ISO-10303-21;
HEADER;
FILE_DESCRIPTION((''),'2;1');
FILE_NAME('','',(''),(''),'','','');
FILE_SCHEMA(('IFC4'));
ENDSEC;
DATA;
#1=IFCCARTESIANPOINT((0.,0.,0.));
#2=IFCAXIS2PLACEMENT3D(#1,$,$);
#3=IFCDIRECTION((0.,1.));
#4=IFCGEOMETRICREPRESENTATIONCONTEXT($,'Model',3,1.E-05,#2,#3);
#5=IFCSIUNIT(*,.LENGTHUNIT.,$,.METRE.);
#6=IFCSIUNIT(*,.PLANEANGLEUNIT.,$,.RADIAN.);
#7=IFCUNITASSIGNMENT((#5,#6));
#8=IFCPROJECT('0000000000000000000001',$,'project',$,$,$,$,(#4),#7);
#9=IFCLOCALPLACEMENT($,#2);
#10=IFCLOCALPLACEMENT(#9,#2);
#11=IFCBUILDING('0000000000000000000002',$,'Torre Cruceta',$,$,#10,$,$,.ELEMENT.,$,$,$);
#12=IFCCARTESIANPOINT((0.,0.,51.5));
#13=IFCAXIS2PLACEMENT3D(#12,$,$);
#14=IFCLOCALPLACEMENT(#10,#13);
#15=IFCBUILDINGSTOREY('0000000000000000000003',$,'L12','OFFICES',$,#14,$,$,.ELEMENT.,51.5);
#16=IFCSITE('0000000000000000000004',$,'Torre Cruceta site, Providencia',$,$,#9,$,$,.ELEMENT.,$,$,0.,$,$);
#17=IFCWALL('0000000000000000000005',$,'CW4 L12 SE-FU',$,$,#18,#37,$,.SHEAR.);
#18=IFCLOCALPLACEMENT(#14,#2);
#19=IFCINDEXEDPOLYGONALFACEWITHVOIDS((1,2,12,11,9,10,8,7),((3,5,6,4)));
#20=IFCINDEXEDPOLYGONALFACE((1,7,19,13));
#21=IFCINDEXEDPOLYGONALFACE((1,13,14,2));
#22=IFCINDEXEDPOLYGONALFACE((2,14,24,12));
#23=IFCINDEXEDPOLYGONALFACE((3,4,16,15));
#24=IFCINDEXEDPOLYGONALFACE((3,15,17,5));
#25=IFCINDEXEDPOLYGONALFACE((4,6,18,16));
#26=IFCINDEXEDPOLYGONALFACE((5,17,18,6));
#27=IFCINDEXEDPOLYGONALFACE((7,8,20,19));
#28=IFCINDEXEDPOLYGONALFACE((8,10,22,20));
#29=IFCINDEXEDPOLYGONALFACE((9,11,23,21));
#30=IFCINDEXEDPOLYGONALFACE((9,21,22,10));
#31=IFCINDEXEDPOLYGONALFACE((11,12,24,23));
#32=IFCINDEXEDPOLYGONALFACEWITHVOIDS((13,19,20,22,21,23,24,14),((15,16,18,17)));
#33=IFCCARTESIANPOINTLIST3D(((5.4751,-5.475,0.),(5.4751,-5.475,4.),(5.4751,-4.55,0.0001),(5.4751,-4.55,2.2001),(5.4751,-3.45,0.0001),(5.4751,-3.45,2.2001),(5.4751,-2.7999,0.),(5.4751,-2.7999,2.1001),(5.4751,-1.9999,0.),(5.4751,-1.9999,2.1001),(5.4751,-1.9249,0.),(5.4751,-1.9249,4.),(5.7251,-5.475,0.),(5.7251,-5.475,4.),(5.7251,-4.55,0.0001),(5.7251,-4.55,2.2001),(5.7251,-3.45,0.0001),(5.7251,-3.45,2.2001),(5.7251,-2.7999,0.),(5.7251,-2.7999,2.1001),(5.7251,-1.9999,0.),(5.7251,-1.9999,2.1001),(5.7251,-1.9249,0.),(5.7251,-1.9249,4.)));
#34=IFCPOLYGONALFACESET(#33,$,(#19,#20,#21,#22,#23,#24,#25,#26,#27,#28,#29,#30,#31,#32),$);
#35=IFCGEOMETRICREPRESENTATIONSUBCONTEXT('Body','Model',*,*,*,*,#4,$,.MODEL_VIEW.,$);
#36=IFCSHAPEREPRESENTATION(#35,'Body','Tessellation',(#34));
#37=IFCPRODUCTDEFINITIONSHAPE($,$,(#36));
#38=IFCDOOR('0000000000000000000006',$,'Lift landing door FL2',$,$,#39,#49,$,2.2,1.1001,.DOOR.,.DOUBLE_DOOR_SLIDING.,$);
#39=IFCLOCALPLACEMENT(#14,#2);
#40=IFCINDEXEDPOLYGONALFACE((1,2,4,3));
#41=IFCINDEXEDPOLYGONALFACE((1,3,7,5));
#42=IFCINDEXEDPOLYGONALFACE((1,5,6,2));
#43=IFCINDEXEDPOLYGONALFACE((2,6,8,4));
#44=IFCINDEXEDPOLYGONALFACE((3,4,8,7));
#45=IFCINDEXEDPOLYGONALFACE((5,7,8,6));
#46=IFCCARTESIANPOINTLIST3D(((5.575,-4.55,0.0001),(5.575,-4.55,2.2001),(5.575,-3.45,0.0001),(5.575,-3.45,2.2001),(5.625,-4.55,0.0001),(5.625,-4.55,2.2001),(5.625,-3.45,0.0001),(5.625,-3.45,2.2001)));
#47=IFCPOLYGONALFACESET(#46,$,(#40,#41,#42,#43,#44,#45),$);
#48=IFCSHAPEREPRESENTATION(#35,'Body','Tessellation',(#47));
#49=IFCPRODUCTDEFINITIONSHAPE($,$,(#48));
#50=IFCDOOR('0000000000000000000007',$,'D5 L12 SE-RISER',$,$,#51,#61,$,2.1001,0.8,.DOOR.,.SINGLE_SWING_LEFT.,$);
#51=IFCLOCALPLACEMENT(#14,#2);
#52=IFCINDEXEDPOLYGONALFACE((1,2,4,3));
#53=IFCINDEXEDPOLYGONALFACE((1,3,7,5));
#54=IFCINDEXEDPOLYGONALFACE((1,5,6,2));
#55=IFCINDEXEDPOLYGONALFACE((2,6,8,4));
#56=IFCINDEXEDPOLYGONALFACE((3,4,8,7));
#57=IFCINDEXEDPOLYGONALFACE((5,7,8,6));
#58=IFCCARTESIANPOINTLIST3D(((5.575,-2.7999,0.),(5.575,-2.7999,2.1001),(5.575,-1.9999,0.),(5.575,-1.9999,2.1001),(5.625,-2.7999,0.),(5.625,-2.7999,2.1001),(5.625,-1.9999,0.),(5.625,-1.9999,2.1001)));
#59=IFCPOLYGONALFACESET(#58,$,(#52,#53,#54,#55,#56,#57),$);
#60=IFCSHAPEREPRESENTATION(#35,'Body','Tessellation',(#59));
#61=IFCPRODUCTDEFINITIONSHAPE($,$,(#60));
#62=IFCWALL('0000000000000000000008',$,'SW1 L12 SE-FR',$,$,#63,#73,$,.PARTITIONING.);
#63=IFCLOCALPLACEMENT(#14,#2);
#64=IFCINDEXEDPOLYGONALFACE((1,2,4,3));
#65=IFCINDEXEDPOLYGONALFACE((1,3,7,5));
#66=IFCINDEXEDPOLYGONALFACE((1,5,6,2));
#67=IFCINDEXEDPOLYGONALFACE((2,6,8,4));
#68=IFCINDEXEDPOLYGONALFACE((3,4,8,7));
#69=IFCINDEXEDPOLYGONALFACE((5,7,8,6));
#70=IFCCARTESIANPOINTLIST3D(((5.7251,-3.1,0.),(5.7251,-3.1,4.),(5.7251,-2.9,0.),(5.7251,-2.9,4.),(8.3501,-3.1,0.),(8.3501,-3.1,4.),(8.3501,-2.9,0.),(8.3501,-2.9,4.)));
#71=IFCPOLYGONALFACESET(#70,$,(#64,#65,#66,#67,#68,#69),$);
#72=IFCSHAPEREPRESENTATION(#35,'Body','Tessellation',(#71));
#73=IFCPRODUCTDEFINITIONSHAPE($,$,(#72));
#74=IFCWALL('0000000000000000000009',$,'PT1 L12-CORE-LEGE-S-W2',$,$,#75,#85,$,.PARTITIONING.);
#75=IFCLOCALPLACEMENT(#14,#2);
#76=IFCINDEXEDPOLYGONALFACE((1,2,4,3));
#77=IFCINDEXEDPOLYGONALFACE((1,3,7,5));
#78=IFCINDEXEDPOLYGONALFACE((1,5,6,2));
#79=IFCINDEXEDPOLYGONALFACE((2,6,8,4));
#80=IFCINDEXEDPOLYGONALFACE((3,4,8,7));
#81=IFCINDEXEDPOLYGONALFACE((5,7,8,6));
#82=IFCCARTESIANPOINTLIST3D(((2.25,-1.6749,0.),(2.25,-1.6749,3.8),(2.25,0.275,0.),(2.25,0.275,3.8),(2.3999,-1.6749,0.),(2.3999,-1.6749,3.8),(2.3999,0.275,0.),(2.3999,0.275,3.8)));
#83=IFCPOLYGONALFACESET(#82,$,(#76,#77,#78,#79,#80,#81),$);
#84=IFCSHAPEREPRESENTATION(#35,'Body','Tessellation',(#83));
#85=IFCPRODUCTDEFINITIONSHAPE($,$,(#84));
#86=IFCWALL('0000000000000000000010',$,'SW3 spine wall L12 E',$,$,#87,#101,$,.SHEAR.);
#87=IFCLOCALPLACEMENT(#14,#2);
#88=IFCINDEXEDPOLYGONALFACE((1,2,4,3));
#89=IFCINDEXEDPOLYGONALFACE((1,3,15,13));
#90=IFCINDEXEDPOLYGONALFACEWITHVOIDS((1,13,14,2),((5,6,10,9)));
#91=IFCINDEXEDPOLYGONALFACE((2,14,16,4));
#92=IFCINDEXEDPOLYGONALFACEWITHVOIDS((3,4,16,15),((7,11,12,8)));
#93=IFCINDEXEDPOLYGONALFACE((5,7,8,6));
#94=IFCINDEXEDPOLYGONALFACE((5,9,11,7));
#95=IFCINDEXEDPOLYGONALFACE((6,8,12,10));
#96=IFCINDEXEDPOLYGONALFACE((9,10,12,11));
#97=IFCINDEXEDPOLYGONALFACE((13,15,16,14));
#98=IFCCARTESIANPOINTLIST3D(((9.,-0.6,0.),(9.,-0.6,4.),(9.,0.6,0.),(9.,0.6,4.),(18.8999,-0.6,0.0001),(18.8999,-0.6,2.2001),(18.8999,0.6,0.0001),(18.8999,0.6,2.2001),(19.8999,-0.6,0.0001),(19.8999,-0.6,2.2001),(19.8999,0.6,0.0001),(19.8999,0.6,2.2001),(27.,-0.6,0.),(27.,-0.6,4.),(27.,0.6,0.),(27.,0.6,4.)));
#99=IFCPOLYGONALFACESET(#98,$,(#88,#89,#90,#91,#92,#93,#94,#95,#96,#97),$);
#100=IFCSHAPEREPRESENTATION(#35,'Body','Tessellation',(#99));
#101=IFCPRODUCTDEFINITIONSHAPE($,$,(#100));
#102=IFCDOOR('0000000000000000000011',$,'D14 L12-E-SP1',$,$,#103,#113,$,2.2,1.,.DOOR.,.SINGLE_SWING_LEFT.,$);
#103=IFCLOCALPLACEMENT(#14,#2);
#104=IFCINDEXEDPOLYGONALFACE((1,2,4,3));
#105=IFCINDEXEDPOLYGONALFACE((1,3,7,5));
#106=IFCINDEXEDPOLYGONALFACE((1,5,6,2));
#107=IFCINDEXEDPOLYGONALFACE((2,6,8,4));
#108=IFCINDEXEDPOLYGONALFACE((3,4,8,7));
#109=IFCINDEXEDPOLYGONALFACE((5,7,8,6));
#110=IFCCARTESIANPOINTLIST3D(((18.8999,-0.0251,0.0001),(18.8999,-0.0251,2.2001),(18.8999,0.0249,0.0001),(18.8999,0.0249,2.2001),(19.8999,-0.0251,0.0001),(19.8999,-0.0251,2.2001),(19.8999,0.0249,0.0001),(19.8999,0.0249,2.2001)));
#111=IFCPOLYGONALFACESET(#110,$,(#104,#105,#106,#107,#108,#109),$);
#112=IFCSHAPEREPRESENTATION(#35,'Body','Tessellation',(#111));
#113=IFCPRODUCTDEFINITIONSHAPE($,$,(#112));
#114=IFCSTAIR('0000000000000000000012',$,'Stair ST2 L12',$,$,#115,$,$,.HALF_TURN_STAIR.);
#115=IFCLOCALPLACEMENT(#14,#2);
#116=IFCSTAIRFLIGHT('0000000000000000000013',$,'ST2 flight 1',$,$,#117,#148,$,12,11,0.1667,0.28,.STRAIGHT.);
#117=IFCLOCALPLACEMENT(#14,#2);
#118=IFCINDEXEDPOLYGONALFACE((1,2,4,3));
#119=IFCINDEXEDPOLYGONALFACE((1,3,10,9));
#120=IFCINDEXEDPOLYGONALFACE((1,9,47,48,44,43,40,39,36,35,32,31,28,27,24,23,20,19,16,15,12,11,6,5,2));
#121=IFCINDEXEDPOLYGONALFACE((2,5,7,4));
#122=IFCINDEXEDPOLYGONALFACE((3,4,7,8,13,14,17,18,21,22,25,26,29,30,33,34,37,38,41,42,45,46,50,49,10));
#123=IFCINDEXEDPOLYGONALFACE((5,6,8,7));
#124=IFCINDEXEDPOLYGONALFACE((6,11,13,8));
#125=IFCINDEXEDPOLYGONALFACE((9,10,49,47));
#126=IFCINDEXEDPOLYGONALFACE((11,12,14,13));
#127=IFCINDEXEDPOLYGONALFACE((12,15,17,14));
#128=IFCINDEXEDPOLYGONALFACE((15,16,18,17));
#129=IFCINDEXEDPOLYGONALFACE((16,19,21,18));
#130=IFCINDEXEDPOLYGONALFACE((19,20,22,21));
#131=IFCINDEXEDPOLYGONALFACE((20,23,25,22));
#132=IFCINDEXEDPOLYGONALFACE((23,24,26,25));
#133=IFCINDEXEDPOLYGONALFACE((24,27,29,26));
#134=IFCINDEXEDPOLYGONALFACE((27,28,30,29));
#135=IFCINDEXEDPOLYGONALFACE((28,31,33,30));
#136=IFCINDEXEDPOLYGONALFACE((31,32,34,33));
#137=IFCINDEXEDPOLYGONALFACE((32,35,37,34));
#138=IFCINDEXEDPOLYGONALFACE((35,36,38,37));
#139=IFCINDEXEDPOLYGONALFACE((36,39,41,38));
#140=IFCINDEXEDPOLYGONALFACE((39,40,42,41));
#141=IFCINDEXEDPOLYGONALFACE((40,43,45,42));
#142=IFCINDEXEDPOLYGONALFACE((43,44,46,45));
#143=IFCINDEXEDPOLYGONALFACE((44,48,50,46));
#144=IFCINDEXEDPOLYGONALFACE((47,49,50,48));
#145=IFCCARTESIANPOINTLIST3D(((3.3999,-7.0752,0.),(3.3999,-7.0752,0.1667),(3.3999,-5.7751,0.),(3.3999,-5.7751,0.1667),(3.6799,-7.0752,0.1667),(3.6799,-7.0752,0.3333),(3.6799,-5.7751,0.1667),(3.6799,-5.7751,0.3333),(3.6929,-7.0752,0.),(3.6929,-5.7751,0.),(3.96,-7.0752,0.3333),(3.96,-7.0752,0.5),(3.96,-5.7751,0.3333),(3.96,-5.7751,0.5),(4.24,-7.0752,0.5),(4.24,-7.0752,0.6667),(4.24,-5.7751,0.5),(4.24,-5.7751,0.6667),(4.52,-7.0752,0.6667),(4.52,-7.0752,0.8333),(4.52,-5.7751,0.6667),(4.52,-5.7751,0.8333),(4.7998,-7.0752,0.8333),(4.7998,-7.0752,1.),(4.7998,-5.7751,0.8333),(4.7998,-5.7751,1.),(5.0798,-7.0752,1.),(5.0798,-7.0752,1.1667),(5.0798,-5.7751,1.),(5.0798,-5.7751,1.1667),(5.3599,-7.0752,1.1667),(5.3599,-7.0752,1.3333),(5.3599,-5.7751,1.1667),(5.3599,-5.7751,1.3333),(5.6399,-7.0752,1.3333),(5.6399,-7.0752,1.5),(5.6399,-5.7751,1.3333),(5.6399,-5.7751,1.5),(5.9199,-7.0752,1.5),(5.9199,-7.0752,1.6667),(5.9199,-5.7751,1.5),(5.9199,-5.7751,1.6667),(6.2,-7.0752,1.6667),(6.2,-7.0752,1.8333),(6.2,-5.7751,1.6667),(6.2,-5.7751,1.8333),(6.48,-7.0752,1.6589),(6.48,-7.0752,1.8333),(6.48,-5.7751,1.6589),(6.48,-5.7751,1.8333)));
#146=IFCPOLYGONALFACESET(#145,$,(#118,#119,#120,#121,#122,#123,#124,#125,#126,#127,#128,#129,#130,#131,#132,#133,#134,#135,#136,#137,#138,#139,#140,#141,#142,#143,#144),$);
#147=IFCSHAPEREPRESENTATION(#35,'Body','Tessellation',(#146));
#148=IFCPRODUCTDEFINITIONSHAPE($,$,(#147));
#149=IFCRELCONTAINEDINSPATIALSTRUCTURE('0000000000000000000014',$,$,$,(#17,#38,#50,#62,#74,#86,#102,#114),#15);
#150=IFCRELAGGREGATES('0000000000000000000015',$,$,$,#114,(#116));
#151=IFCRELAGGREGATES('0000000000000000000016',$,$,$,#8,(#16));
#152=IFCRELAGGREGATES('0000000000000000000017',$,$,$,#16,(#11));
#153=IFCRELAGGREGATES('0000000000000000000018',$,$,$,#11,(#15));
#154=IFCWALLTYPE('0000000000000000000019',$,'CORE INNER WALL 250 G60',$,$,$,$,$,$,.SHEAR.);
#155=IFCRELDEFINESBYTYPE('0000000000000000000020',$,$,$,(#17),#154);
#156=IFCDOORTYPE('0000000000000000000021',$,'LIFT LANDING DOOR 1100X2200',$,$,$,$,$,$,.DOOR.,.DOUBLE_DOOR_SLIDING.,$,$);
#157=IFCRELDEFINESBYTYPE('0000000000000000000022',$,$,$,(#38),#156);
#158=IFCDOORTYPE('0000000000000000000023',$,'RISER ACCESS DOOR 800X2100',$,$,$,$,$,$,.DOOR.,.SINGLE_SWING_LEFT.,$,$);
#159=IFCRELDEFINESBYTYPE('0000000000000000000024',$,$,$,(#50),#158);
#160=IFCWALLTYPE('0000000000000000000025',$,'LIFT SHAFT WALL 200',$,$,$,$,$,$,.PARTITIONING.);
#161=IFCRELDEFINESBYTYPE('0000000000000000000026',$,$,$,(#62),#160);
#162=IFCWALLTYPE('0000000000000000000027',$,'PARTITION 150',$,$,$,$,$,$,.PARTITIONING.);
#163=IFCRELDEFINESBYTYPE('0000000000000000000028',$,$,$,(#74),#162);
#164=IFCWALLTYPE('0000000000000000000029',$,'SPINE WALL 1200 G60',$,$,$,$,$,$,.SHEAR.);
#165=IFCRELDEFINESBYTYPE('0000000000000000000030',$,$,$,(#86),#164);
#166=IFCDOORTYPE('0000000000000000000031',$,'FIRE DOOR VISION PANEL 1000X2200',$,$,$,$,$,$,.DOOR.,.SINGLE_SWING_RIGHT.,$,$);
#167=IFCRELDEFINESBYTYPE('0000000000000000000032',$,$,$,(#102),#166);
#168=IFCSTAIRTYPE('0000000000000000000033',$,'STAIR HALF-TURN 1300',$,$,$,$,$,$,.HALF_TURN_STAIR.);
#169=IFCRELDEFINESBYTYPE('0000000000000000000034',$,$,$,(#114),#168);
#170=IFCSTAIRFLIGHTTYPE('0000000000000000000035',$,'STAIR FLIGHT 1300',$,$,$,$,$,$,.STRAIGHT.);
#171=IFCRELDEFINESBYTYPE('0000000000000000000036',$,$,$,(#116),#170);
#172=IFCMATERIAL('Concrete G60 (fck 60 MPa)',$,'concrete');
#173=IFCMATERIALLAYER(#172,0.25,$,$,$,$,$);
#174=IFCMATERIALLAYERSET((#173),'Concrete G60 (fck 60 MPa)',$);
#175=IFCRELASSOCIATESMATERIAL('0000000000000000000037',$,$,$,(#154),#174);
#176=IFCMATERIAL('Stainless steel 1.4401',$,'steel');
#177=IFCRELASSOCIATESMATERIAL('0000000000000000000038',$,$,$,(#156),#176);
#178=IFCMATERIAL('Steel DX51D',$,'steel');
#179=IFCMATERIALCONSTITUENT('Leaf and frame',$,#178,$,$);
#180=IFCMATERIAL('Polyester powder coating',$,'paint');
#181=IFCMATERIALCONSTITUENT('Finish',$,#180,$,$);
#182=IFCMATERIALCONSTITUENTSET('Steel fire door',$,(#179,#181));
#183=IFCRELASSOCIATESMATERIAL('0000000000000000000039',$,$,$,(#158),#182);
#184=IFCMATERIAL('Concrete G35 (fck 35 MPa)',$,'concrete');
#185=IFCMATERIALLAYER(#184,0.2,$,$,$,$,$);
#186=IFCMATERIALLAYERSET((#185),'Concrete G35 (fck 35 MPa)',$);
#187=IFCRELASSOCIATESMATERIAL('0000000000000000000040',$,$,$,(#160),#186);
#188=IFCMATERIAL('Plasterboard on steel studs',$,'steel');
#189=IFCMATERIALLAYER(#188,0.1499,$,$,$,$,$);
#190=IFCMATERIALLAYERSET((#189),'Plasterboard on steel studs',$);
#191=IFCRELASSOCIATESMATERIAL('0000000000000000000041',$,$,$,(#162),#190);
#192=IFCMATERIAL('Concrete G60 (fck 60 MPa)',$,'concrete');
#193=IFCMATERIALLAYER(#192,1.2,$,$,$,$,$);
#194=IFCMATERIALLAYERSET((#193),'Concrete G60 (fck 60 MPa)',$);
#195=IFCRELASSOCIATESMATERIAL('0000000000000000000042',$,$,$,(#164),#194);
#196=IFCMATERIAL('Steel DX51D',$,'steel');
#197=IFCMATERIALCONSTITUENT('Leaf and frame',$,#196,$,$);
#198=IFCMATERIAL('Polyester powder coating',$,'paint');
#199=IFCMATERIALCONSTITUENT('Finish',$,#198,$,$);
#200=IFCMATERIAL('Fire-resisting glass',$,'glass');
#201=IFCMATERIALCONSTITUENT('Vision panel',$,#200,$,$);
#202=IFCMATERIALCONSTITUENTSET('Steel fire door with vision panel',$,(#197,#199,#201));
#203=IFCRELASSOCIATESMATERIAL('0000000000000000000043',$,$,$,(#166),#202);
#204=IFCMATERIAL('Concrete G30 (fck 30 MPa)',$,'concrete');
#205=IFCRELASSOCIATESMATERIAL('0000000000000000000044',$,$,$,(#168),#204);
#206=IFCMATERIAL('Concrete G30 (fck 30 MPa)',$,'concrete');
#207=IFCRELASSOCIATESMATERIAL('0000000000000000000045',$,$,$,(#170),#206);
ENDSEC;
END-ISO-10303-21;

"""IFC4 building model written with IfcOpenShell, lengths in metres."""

from ifc_helpers import new_model, si_unit, direction, frame, frame_2d, origin, place, context, subcontext, project, spatial, polyline, rectangle, outline, extrude, material, layer, layer_set, constituent, constituent_set, type_object, element, fill, aggregate, save


model = new_model("IFC4")

# Units and contexts
model_context = context("Model", 3, precision=1e-05, world=origin(), true_north=direction((0.0, 1.0)))
body_context = subcontext(model_context, "Body", "Model", "MODEL_VIEW")
ifc_project = project(units=[si_unit("LENGTHUNIT", "METRE"), si_unit("PLANEANGLEUNIT", "RADIAN")], contexts=[model_context])

# Site, building, storey
site_placement = place(None, origin())
site = spatial("IfcSite", under=ifc_project, at=site_placement, Name="Torre Cruceta site, Providencia", CompositionType="ELEMENT", RefElevation=0.0)
building_placement = place(site_placement, origin())
building = spatial("IfcBuilding", under=site, at=building_placement, Name="Torre Cruceta", CompositionType="ELEMENT")
storey_placement = place(building_placement, frame((0.0, 0.0, 51.5)))
storey = spatial("IfcBuildingStorey", under=building, at=storey_placement, Name="L12", Description="OFFICES", CompositionType="ELEMENT", Elevation=51.5)

# Shared definitions
ifc_material_1 = material(Name="Concrete G60 (fck 60 MPa)", Category="concrete")
ifc_layer_1 = layer(ifc_material_1, 0.25)
ifc_layer_set_1 = layer_set([ifc_layer_1], Name="Concrete G60 (fck 60 MPa)")
wall_type_1 = type_object("IfcWallType", Name="CORE INNER WALL 250 G60", PredefinedType="SHEAR", material=ifc_layer_set_1)

# Wall, openings, doors
wall_1_placement = place(storey_placement, frame((5.6001, -1.925, 0.0), z_axis=(0.0, 0.0, 1.0), x_axis=(0.0, -1.0, 0.0)))
wall_1 = element("IfcWall", 1, at=wall_1_placement, inside=storey, type_object=wall_type_1, Name="CW4 L12 SE-FU", PredefinedType="SHEAR", context=body_context, shape_type="SweptSolid", body=[
    extrude(rectangle(XDim=3.55, YDim=0.25, at=frame_2d((1.7749, 0.0))), origin(), (0.0, 0.0, 1.0), 4.0),
])
opening_1_placement = place(wall_1_placement, frame((1.5249, 0.0, 0.0)))
opening_1 = element("IfcOpeningElement", 2, at=opening_1_placement, cuts=wall_1, PredefinedType="OPENING", context=body_context, shape_type="SweptSolid", body=[
    extrude(rectangle(XDim=1.1001, YDim=2.2, at=frame_2d((0.55, 1.1001))), frame((0.0, 0.135, 0.0), z_axis=(0.0, -1.0, 0.0), x_axis=(1.0, 0.0, 0.0)), (0.0, 0.0, 1.0), 0.27),
])
opening_2_placement = place(wall_1_placement, frame((0.075, 0.0, 0.0)))
opening_2 = element("IfcOpeningElement", 3, at=opening_2_placement, cuts=wall_1, PredefinedType="OPENING", context=body_context, shape_type="SweptSolid", body=[
    extrude(rectangle(XDim=0.8, YDim=2.1001, at=frame_2d((0.3999, 1.05))), frame((0.0, 0.135, 0.0), z_axis=(0.0, -1.0, 0.0), x_axis=(1.0, 0.0, 0.0)), (0.0, 0.0, 1.0), 0.27),
])
ifc_material_2 = material(Name="Stainless steel 1.4401", Category="steel")
door_type_1 = type_object("IfcDoorType", Name="LIFT LANDING DOOR 1100X2200", OperationType="DOUBLE_DOOR_SLIDING", PredefinedType="DOOR", material=ifc_material_2)
door_1_placement = place(opening_1_placement, origin())
door_1 = element("IfcDoor", 4, at=door_1_placement, inside=storey, type_object=door_type_1, Name="Lift landing door FL2", OperationType="DOUBLE_DOOR_SLIDING", OverallHeight=2.2, OverallWidth=1.1001, PredefinedType="DOOR", context=body_context, shape_type="SweptSolid", body=[
    extrude(rectangle(XDim=1.1001, YDim=2.2, at=frame_2d((0.55, 1.1001))), frame((0.0, 0.0249, 0.0), z_axis=(0.0, -1.0, 0.0), x_axis=(1.0, 0.0, 0.0)), (0.0, 0.0, 1.0), 0.05),
])
fill(opening_1, door_1)
ifc_material_3 = material(Name="Steel DX51D", Category="steel")
ifc_constituent_1 = constituent(ifc_material_3, Name="Leaf and frame")
ifc_material_4 = material(Name="Polyester powder coating", Category="paint")
ifc_constituent_2 = constituent(ifc_material_4, Name="Finish")
ifc_constituent_set_1 = constituent_set(constituents=[ifc_constituent_1, ifc_constituent_2], Name="Steel fire door")
door_type_2 = type_object("IfcDoorType", Name="RISER ACCESS DOOR 800X2100", OperationType="SINGLE_SWING_LEFT", PredefinedType="DOOR", material=ifc_constituent_set_1)
door_2_placement = place(opening_2_placement, origin())
door_2 = element("IfcDoor", 5, at=door_2_placement, inside=storey, type_object=door_type_2, Name="D5 L12 SE-RISER", OperationType="SINGLE_SWING_LEFT", OverallHeight=2.1001, OverallWidth=0.8, PredefinedType="DOOR", context=body_context, shape_type="SweptSolid", body=[
    extrude(rectangle(XDim=0.8, YDim=2.1001, at=frame_2d((0.3999, 1.05))), frame((0.0, 0.0249, 0.0), z_axis=(0.0, -1.0, 0.0), x_axis=(1.0, 0.0, 0.0)), (0.0, 0.0, 1.0), 0.05),
])
fill(opening_2, door_2)

# Walls
ifc_material_5 = material(Name="Concrete G35 (fck 35 MPa)", Category="concrete")
ifc_layer_2 = layer(ifc_material_5, 0.2)
ifc_layer_set_2 = layer_set([ifc_layer_2], Name="Concrete G35 (fck 35 MPa)")
wall_type_2 = type_object("IfcWallType", Name="LIFT SHAFT WALL 200", PredefinedType="PARTITIONING", material=ifc_layer_set_2)
wall_2_placement = place(storey_placement, frame((5.7251, -3.0, 0.0), z_axis=(0.0, 0.0, 1.0), x_axis=(1.0, 0.0, 0.0)))
element("IfcWall", 6, at=wall_2_placement, inside=storey, type_object=wall_type_2, Name="SW1 L12 SE-FR", PredefinedType="PARTITIONING", context=body_context, shape_type="SweptSolid", body=[
    extrude(rectangle(XDim=2.625, YDim=0.2, at=frame_2d((1.3125, 0.0))), origin(), (0.0, 0.0, 1.0), 4.0),
])
ifc_material_6 = material(Name="Plasterboard on steel studs", Category="steel")
ifc_layer_3 = layer(ifc_material_6, 0.1499)
ifc_layer_set_3 = layer_set([ifc_layer_3], Name="Plasterboard on steel studs")
wall_type_3 = type_object("IfcWallType", Name="PARTITION 150", PredefinedType="PARTITIONING", material=ifc_layer_set_3)
wall_3_placement = place(storey_placement, frame((2.325, -1.675, 0.0), z_axis=(0.0, 0.0, 1.0), x_axis=(0.0, 1.0, 0.0)))
element("IfcWall", 7, at=wall_3_placement, inside=storey, type_object=wall_type_3, Name="PT1 L12-CORE-LEGE-S-W2", PredefinedType="PARTITIONING", context=body_context, shape_type="SweptSolid", body=[
    extrude(rectangle(XDim=1.95, YDim=0.1499, at=frame_2d((0.9751, 0.0))), origin(), (0.0, 0.0, 1.0), 3.8),
])

# Wall, opening, door
ifc_material_7 = material(Name="Concrete G60 (fck 60 MPa)", Category="concrete")
ifc_layer_4 = layer(ifc_material_7, 1.2)
ifc_layer_set_4 = layer_set([ifc_layer_4], Name="Concrete G60 (fck 60 MPa)")
wall_type_4 = type_object("IfcWallType", Name="SPINE WALL 1200 G60", PredefinedType="SHEAR", material=ifc_layer_set_4)
wall_4_placement = place(storey_placement, frame((9.0, 0.0, 0.0), z_axis=(0.0, 0.0, 1.0), x_axis=(1.0, 0.0, 0.0)))
wall_4 = element("IfcWall", 8, at=wall_4_placement, inside=storey, type_object=wall_type_4, Name="SW3 spine wall L12 E", PredefinedType="SHEAR", context=body_context, shape_type="SweptSolid", body=[
    extrude(rectangle(XDim=18.0, YDim=1.2, at=frame_2d((9.0, 0.0))), origin(), (0.0, 0.0, 1.0), 4.0),
])
opening_3_placement = place(wall_4_placement, frame((9.8999, 0.0, 0.0)))
opening_3 = element("IfcOpeningElement", 9, at=opening_3_placement, cuts=wall_4, PredefinedType="OPENING", context=body_context, shape_type="SweptSolid", body=[
    extrude(rectangle(XDim=1.0, YDim=2.2, at=frame_2d((0.5, 1.1001))), frame((0.0, 0.6099, 0.0), z_axis=(0.0, -1.0, 0.0), x_axis=(1.0, 0.0, 0.0)), (0.0, 0.0, 1.0), 1.22),
])
ifc_material_8 = material(Name="Steel DX51D", Category="steel")
ifc_constituent_3 = constituent(ifc_material_8, Name="Leaf and frame")
ifc_material_9 = material(Name="Polyester powder coating", Category="paint")
ifc_constituent_4 = constituent(ifc_material_9, Name="Finish")
ifc_material_10 = material(Name="Fire-resisting glass", Category="glass")
ifc_constituent_5 = constituent(ifc_material_10, Name="Vision panel")
ifc_constituent_set_2 = constituent_set(constituents=[ifc_constituent_3, ifc_constituent_4, ifc_constituent_5], Name="Steel fire door with vision panel")
door_type_3 = type_object("IfcDoorType", Name="FIRE DOOR VISION PANEL 1000X2200", OperationType="SINGLE_SWING_RIGHT", PredefinedType="DOOR", material=ifc_constituent_set_2)
door_3_placement = place(opening_3_placement, frame((1.0, 0.0, 0.0), z_axis=(0.0, 0.0, 1.0), x_axis=(-1.0, 0.0, 0.0)))
door_3 = element("IfcDoor", 10, at=door_3_placement, inside=storey, type_object=door_type_3, Name="D14 L12-E-SP1", OperationType="SINGLE_SWING_LEFT", OverallHeight=2.2, OverallWidth=1.0, PredefinedType="DOOR", context=body_context, shape_type="SweptSolid", body=[
    extrude(rectangle(XDim=1.0, YDim=2.2, at=frame_2d((0.5, 1.1001))), frame((0.0, 0.0251, 0.0), z_axis=(0.0, -1.0, 0.0), x_axis=(1.0, 0.0, 0.0)), (0.0, 0.0, 1.0), 0.05),
])
fill(opening_3, door_3)

# Stair, stair flight
ifc_material_11 = material(Name="Concrete G30 (fck 30 MPa)", Category="concrete")
stair_type = type_object("IfcStairType", Name="STAIR HALF-TURN 1300", PredefinedType="HALF_TURN_STAIR", material=ifc_material_11)
stair_placement = place(storey_placement, origin())
stair = element("IfcStair", 11, at=stair_placement, inside=storey, type_object=stair_type, Name="Stair ST2 L12", PredefinedType="HALF_TURN_STAIR")
ifc_material_12 = material(Name="Concrete G30 (fck 30 MPa)", Category="concrete")
stair_flight_type = type_object("IfcStairFlightType", Name="STAIR FLIGHT 1300", PredefinedType="STRAIGHT", material=ifc_material_12)
stair_flight_1_placement = place(storey_placement, frame((3.3999, -6.425, 0.0), z_axis=(0.0, 0.0, 1.0), x_axis=(1.0, 0.0, 0.0)))
stair_flight_1 = element("IfcStairFlight", 12, at=stair_flight_1_placement, type_object=stair_flight_type, Name="ST2 flight 1", NumberOfRisers=12, NumberOfTreads=11, PredefinedType="STRAIGHT", RiserHeight=0.1667, TreadLength=0.28, context=body_context, shape_type="SweptSolid", body=[
    extrude(outline(polyline([(0.0, 0.0), (0.0, 0.1667), (0.28, 0.1667), (0.28, 0.3333), (0.5601, 0.3333), (0.5601, 0.5), (0.8401, 0.5), (0.8401, 0.6667), (1.1201, 0.6667), (1.1201, 0.8333), (1.3999, 0.8333), (1.3999, 1.0), (1.6799, 1.0), (1.6799, 1.1667), (1.96, 1.1667), (1.96, 1.3333), (2.24, 1.3333), (2.24, 1.5), (2.52, 1.5), (2.52, 1.6667), (2.8, 1.6667), (2.8, 1.8333), (3.0801, 1.8333), (3.0801, 2.0), (3.0801, 1.6589), (0.293, 0.0), (0.0, 0.0)])), frame((0.0, 0.6499, 0.0), z_axis=(0.0, -1.0, 0.0), x_axis=(1.0, 0.0, 0.0)), (0.0, 0.0, 1.0), 1.3),
])
aggregate(stair, [stair_flight_1])

save(model, "model.ifc")
